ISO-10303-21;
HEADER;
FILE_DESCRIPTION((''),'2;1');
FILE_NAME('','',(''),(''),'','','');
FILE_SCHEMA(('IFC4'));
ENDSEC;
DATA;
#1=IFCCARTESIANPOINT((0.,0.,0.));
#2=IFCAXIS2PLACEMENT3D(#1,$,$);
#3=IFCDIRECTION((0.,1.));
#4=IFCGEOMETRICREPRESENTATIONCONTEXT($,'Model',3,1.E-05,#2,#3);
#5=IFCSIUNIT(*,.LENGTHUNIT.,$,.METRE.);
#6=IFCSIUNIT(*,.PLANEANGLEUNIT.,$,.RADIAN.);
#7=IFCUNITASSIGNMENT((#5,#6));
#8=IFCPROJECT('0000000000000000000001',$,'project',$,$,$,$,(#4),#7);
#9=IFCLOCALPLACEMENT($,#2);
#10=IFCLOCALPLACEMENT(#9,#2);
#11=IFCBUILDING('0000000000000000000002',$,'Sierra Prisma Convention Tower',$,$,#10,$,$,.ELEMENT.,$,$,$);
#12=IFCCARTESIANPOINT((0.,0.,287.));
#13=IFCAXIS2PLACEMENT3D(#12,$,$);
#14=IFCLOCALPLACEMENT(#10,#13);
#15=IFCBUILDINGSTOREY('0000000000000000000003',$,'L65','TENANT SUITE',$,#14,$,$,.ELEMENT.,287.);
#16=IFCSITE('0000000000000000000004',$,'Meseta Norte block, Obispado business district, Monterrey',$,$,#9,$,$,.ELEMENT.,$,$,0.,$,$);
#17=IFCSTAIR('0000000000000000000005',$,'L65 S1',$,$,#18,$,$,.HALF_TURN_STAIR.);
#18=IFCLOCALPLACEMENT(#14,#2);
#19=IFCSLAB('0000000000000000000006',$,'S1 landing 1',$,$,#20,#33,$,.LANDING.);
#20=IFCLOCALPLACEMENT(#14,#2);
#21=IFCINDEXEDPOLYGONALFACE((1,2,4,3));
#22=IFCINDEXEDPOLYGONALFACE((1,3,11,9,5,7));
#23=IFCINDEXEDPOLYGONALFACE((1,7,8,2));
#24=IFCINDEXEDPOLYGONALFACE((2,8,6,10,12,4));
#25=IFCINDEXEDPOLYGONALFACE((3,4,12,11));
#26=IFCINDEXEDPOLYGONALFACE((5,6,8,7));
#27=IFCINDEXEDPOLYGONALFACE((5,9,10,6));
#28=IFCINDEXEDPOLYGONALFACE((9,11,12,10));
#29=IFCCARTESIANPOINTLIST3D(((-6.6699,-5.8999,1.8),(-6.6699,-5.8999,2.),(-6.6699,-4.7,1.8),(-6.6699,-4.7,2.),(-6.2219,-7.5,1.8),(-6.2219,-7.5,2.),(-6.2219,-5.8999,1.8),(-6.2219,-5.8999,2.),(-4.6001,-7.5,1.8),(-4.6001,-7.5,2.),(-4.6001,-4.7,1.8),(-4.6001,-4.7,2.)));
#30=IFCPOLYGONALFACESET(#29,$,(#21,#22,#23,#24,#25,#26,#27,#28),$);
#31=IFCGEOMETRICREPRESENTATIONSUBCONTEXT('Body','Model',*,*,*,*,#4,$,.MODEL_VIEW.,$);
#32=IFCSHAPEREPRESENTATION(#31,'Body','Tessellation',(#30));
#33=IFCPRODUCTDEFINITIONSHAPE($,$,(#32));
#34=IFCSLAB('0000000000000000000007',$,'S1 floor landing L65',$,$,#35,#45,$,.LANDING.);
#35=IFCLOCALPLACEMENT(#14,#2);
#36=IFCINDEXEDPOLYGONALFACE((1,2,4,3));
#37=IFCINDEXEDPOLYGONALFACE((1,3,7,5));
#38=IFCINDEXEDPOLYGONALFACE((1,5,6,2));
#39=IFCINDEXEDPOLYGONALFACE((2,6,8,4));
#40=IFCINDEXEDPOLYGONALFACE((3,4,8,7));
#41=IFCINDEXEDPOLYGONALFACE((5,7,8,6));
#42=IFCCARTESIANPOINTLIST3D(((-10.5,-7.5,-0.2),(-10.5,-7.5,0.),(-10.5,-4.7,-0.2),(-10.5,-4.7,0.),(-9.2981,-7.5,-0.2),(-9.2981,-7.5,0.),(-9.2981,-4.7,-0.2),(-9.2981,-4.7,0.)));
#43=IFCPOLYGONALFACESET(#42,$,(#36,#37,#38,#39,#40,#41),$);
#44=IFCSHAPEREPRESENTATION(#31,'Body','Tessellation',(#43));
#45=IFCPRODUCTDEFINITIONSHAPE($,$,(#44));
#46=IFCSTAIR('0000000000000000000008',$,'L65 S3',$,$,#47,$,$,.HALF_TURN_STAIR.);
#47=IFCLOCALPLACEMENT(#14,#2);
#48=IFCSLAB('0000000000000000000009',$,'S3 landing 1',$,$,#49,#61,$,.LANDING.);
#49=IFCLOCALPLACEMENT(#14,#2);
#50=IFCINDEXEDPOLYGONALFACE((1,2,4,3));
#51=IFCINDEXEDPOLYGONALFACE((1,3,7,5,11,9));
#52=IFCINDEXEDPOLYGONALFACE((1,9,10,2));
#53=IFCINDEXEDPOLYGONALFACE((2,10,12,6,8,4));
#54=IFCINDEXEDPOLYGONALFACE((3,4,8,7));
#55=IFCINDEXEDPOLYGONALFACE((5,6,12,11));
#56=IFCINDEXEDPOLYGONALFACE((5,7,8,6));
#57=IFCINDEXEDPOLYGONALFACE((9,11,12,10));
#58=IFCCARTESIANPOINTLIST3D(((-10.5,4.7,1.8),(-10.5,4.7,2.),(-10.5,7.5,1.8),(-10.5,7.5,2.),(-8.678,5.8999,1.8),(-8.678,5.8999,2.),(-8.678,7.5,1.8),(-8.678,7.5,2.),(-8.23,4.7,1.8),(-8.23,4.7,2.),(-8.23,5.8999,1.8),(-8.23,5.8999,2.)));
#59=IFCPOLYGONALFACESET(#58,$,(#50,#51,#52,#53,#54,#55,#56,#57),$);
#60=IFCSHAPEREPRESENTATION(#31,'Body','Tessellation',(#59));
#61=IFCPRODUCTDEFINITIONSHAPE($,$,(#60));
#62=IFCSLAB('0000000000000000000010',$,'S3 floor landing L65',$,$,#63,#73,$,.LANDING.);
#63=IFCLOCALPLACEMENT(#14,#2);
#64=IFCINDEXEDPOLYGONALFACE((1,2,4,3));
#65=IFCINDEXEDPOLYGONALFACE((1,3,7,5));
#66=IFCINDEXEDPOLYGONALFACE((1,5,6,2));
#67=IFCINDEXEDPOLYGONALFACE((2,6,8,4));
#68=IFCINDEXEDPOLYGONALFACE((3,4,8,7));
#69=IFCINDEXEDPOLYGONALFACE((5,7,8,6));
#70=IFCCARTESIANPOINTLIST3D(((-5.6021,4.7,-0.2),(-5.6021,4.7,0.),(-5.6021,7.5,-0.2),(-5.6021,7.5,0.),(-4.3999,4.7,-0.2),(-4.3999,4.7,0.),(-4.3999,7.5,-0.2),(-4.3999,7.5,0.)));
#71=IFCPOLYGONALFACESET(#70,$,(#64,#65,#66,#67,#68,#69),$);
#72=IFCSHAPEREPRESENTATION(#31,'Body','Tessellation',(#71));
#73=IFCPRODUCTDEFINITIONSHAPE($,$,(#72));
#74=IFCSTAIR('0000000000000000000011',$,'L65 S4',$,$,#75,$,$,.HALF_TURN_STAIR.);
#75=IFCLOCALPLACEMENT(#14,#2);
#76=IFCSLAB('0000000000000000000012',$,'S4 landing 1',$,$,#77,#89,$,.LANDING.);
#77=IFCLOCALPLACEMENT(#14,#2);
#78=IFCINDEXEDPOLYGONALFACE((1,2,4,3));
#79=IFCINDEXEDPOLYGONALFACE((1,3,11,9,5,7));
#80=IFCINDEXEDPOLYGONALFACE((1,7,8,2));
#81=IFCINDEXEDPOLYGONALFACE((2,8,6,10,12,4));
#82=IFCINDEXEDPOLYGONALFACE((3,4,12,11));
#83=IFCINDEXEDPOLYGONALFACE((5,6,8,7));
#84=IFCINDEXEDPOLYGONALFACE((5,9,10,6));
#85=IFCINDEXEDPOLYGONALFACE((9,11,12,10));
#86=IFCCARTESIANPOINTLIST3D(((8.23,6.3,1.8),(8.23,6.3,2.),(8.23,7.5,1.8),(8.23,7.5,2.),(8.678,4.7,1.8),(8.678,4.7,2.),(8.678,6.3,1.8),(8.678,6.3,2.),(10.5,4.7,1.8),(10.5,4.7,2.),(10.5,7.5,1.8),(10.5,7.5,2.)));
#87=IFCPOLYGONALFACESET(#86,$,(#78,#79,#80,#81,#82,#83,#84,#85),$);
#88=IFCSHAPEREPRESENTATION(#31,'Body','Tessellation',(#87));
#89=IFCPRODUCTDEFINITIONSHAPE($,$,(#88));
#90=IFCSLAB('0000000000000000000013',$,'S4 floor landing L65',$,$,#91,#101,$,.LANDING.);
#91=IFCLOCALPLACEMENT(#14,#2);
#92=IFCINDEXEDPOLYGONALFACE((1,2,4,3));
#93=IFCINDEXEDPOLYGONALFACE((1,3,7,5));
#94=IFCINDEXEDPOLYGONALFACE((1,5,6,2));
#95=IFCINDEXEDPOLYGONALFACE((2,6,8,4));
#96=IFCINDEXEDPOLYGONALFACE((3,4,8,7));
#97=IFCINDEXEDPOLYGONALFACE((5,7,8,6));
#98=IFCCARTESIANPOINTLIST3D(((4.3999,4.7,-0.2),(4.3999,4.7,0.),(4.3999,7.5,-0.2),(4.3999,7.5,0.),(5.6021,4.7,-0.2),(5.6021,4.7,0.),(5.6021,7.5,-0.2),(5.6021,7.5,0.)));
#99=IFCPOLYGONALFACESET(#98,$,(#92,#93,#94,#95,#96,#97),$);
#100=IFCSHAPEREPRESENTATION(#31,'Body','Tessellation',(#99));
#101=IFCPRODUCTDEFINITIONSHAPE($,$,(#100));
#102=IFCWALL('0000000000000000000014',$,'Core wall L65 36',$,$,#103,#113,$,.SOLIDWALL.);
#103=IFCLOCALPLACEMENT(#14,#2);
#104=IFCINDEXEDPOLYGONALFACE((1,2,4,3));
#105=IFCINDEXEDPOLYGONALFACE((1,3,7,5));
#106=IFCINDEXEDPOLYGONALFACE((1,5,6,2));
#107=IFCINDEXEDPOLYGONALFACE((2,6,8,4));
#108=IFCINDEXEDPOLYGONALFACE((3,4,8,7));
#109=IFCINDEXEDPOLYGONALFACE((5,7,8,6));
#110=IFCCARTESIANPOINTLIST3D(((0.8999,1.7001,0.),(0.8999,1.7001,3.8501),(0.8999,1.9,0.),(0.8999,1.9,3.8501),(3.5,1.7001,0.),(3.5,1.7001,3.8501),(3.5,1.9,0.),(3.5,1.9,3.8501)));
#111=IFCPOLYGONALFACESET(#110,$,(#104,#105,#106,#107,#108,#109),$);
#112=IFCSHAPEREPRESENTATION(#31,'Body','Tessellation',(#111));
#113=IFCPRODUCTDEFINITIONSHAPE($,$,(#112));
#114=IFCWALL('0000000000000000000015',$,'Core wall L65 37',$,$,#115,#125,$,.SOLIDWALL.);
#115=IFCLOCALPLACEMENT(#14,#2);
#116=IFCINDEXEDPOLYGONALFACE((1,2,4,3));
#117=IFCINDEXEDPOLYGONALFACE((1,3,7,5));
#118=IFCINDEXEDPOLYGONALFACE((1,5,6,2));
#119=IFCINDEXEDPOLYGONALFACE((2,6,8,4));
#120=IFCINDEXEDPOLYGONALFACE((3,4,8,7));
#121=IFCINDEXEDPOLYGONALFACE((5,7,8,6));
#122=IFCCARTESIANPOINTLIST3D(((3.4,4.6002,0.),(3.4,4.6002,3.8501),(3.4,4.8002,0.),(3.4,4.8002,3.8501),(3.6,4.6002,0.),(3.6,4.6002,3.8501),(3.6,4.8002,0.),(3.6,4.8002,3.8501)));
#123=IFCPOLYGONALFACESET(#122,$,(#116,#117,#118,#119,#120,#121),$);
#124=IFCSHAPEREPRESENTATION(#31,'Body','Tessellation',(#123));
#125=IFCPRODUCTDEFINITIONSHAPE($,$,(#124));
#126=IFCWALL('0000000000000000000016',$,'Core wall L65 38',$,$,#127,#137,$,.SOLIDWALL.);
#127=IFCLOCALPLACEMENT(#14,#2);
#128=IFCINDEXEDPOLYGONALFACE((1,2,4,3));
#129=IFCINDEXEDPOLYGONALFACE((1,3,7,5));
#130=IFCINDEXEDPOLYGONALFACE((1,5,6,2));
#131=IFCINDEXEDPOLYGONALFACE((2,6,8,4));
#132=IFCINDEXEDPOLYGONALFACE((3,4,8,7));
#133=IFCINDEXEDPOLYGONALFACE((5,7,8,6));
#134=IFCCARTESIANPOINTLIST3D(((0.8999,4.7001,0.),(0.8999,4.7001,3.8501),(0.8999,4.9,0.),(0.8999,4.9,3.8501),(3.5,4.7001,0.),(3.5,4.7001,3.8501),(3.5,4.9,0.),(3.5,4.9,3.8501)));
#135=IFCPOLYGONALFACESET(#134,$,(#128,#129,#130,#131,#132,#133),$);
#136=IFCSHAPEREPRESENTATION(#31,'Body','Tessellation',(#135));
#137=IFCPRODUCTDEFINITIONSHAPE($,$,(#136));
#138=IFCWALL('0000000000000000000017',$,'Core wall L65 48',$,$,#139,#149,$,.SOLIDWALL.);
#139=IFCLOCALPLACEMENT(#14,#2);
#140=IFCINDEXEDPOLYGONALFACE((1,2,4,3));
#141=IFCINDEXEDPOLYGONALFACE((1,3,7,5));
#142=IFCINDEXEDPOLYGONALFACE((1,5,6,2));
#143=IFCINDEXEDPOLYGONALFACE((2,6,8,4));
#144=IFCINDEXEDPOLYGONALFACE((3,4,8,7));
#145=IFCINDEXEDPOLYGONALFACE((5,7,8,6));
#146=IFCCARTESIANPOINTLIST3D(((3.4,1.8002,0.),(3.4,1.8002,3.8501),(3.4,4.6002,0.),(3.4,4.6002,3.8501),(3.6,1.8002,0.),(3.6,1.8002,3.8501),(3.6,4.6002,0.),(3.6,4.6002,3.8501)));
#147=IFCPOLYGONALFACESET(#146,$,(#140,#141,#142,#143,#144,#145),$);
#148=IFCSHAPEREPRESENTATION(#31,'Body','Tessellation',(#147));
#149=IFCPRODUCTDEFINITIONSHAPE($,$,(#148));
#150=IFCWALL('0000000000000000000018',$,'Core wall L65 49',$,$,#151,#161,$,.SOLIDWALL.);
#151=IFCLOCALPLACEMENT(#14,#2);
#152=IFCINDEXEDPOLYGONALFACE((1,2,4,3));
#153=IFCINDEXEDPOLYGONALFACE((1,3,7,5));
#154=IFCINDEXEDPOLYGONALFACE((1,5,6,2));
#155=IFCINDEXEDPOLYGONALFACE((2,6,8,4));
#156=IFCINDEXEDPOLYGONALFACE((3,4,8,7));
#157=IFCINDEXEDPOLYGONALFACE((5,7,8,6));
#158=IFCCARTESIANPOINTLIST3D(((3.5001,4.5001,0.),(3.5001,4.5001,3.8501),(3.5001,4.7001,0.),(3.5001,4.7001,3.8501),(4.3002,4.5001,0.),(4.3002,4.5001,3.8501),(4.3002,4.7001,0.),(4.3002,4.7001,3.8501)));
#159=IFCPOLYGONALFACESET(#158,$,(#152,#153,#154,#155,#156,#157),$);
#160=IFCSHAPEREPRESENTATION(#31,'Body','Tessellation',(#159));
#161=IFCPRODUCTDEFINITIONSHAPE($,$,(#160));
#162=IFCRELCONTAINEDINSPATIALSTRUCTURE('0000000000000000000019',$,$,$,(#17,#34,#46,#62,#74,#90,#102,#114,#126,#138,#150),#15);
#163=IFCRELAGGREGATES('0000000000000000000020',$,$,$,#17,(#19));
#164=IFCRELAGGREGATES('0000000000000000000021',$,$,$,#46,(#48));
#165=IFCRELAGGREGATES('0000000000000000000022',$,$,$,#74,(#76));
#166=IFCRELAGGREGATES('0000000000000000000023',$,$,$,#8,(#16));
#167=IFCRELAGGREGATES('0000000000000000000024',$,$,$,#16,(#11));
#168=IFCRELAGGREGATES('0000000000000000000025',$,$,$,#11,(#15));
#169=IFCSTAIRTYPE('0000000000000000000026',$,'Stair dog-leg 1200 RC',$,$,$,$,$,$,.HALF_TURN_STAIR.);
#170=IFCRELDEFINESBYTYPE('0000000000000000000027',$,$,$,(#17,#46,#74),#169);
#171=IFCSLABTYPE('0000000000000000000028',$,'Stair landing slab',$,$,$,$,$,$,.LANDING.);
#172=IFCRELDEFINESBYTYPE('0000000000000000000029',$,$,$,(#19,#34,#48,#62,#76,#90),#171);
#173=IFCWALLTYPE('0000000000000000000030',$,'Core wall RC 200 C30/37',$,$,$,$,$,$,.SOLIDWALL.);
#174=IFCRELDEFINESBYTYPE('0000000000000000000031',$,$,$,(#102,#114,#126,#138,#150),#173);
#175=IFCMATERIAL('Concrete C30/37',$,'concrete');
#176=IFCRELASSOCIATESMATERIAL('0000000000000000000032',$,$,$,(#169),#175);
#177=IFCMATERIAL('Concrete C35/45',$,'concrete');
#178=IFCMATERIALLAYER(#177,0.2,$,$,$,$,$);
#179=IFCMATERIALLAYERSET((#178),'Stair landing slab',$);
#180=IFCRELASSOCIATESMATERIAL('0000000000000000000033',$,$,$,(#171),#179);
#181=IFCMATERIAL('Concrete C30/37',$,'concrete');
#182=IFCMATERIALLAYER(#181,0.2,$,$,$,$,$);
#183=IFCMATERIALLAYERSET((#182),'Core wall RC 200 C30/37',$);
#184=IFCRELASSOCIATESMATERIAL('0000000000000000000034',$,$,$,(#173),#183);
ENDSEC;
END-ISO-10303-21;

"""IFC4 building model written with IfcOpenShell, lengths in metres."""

from ifc_helpers import new_model, si_unit, direction, frame, frame_2d, origin, place, context, subcontext, project, spatial, polyline, rectangle, outline, extrude, material, layer, layer_set, type_object, element, aggregate, save


model = new_model("IFC4")

# Units and contexts
model_context = context("Model", 3, precision=1e-05, world=origin(), true_north=direction((0.0, 1.0)))
body_context = subcontext(model_context, "Body", "Model", "MODEL_VIEW")
ifc_project = project(units=[si_unit("LENGTHUNIT", "METRE"), si_unit("PLANEANGLEUNIT", "RADIAN")], contexts=[model_context])

# Site, building, storey
site_placement = place(None, origin())
site = spatial("IfcSite", under=ifc_project, at=site_placement, Name="Meseta Norte block, Obispado business district, Monterrey", CompositionType="ELEMENT", RefElevation=0.0)
building_placement = place(site_placement, origin())
building = spatial("IfcBuilding", under=site, at=building_placement, Name="Sierra Prisma Convention Tower", CompositionType="ELEMENT")
storey_placement = place(building_placement, frame((0.0, 0.0, 287.0)))
storey = spatial("IfcBuildingStorey", under=building, at=storey_placement, Name="L65", Description="TENANT SUITE", CompositionType="ELEMENT", Elevation=287.0)

# Stair, slab
ifc_material_1 = material(Name="Concrete C30/37", Category="concrete")
stair_type = type_object("IfcStairType", Name="Stair dog-leg 1200 RC", PredefinedType="HALF_TURN_STAIR", material=ifc_material_1)
stair_1_placement = place(storey_placement, origin())
stair_1 = element("IfcStair", 1, at=stair_1_placement, inside=storey, type_object=stair_type, Name="L65 S1", PredefinedType="HALF_TURN_STAIR")
ifc_material_2 = material(Name="Concrete C35/45", Category="concrete")
ifc_layer_1 = layer(ifc_material_2, 0.2)
ifc_layer_set_1 = layer_set([ifc_layer_1], Name="Stair landing slab")
slab_type = type_object("IfcSlabType", Name="Stair landing slab", PredefinedType="LANDING", material=ifc_layer_set_1)
slab_1_placement = place(storey_placement, frame((0.0, 0.0, 1.8)))
slab_1 = element("IfcSlab", 2, at=slab_1_placement, type_object=slab_type, Name="S1 landing 1", PredefinedType="LANDING", context=body_context, shape_type="SweptSolid", body=[
    extrude(outline(polyline([(-4.6001, -4.7), (-4.6001, -7.5), (-6.2219, -7.5), (-6.2219, -5.8999), (-6.6699, -5.8999), (-6.6699, -4.7), (-4.6001, -4.7)])), origin(), (0.0, 0.0, 1.0), 0.2),
])
aggregate(stair_1, [slab_1])

# Slab
slab_2_placement = place(storey_placement, frame((0.0, 0.0, -0.2)))
element("IfcSlab", 3, at=slab_2_placement, inside=storey, type_object=slab_type, Name="S1 floor landing L65", PredefinedType="LANDING", context=body_context, shape_type="SweptSolid", body=[
    extrude(outline(polyline([(-10.5, -7.5), (-9.2981, -7.5), (-9.2981, -4.7), (-10.5, -4.7), (-10.5, -7.5)])), origin(), (0.0, 0.0, 1.0), 0.2),
])

# Stair, slab
stair_2_placement = place(storey_placement, origin())
stair_2 = element("IfcStair", 4, at=stair_2_placement, inside=storey, type_object=stair_type, Name="L65 S3", PredefinedType="HALF_TURN_STAIR")
slab_3_placement = place(storey_placement, frame((0.0, 0.0, 1.8)))
slab_3 = element("IfcSlab", 5, at=slab_3_placement, type_object=slab_type, Name="S3 landing 1", PredefinedType="LANDING", context=body_context, shape_type="SweptSolid", body=[
    extrude(outline(polyline([(-8.23, 5.8999), (-8.23, 4.7), (-10.5, 4.7), (-10.5, 7.5), (-8.678, 7.5), (-8.678, 5.8999), (-8.23, 5.8999)])), origin(), (0.0, 0.0, 1.0), 0.2),
])
aggregate(stair_2, [slab_3])

# Slab
slab_4_placement = place(storey_placement, frame((0.0, 0.0, -0.2)))
element("IfcSlab", 6, at=slab_4_placement, inside=storey, type_object=slab_type, Name="S3 floor landing L65", PredefinedType="LANDING", context=body_context, shape_type="SweptSolid", body=[
    extrude(outline(polyline([(-4.3999, 7.5), (-5.6021, 7.5), (-5.6021, 4.7), (-4.3999, 4.7), (-4.3999, 7.5)])), origin(), (0.0, 0.0, 1.0), 0.2),
])

# Stair, slab
stair_3_placement = place(storey_placement, origin())
stair_3 = element("IfcStair", 7, at=stair_3_placement, inside=storey, type_object=stair_type, Name="L65 S4", PredefinedType="HALF_TURN_STAIR")
slab_5_placement = place(storey_placement, frame((0.0, 0.0, 1.8)))
slab_5 = element("IfcSlab", 8, at=slab_5_placement, type_object=slab_type, Name="S4 landing 1", PredefinedType="LANDING", context=body_context, shape_type="SweptSolid", body=[
    extrude(outline(polyline([(10.5, 7.5), (10.5, 4.7), (8.678, 4.7), (8.678, 6.3), (8.23, 6.3), (8.23, 7.5), (10.5, 7.5)])), origin(), (0.0, 0.0, 1.0), 0.2),
])
aggregate(stair_3, [slab_5])

# Slab
slab_6_placement = place(storey_placement, frame((0.0, 0.0, -0.2)))
element("IfcSlab", 9, at=slab_6_placement, inside=storey, type_object=slab_type, Name="S4 floor landing L65", PredefinedType="LANDING", context=body_context, shape_type="SweptSolid", body=[
    extrude(outline(polyline([(4.3999, 4.7), (5.6021, 4.7), (5.6021, 7.5), (4.3999, 7.5), (4.3999, 4.7)])), origin(), (0.0, 0.0, 1.0), 0.2),
])

# Shared definitions
ifc_material_3 = material(Name="Concrete C30/37", Category="concrete")
ifc_layer_2 = layer(ifc_material_3, 0.2)
ifc_layer_set_2 = layer_set([ifc_layer_2], Name="Core wall RC 200 C30/37")
wall_type = type_object("IfcWallType", Name="Core wall RC 200 C30/37", PredefinedType="SOLIDWALL", material=ifc_layer_set_2)

# Walls
wall_1_placement = place(storey_placement, frame((3.5, 1.8, 0.0), z_axis=(0.0, 0.0, 1.0), x_axis=(-1.0, 0.0, 0.0)))
element("IfcWall", 10, at=wall_1_placement, inside=storey, type_object=wall_type, Name="Core wall L65 36", PredefinedType="SOLIDWALL", context=body_context, shape_type="SweptSolid", body=[
    extrude(rectangle(XDim=2.6001, YDim=0.2, at=frame_2d((1.3, 0.0))), origin(), (0.0, 0.0, 1.0), 3.8501),
])
wall_2_placement = place(storey_placement, frame((3.5, 4.6001, 0.0), z_axis=(0.0, 0.0, 1.0), x_axis=(0.0, 1.0, 0.0)))
element("IfcWall", 11, at=wall_2_placement, inside=storey, type_object=wall_type, Name="Core wall L65 37", PredefinedType="SOLIDWALL", context=body_context, shape_type="SweptSolid", body=[
    extrude(rectangle(XDim=0.2, YDim=0.2, at=frame_2d((0.1001, 0.0))), origin(), (0.0, 0.0, 1.0), 3.8501),
])
wall_3_placement = place(storey_placement, frame((3.5, 4.8, 0.0), z_axis=(0.0, 0.0, 1.0), x_axis=(-1.0, 0.0, 0.0)))
element("IfcWall", 12, at=wall_3_placement, inside=storey, type_object=wall_type, Name="Core wall L65 38", PredefinedType="SOLIDWALL", context=body_context, shape_type="SweptSolid", body=[
    extrude(rectangle(XDim=2.6001, YDim=0.2, at=frame_2d((1.3, 0.0))), origin(), (0.0, 0.0, 1.0), 3.8501),
])

# Walls
wall_4_placement = place(storey_placement, frame((3.5, 4.6001, 0.0), z_axis=(0.0, 0.0, 1.0), x_axis=(0.0, -1.0, 0.0)))
element("IfcWall", 13, at=wall_4_placement, inside=storey, type_object=wall_type, Name="Core wall L65 48", PredefinedType="SOLIDWALL", context=body_context, shape_type="SweptSolid", body=[
    extrude(rectangle(XDim=2.8, YDim=0.2, at=frame_2d((1.3999, 0.0))), origin(), (0.0, 0.0, 1.0), 3.8501),
])
wall_5_placement = place(storey_placement, frame((4.3, 4.6001, 0.0), z_axis=(0.0, 0.0, 1.0), x_axis=(-1.0, 0.0, 0.0)))
element("IfcWall", 14, at=wall_5_placement, inside=storey, type_object=wall_type, Name="Core wall L65 49", PredefinedType="SOLIDWALL", context=body_context, shape_type="SweptSolid", body=[
    extrude(rectangle(XDim=0.8, YDim=0.2, at=frame_2d((0.3999, 0.0))), origin(), (0.0, 0.0, 1.0), 3.8501),
])

save(model, "model.ifc")
